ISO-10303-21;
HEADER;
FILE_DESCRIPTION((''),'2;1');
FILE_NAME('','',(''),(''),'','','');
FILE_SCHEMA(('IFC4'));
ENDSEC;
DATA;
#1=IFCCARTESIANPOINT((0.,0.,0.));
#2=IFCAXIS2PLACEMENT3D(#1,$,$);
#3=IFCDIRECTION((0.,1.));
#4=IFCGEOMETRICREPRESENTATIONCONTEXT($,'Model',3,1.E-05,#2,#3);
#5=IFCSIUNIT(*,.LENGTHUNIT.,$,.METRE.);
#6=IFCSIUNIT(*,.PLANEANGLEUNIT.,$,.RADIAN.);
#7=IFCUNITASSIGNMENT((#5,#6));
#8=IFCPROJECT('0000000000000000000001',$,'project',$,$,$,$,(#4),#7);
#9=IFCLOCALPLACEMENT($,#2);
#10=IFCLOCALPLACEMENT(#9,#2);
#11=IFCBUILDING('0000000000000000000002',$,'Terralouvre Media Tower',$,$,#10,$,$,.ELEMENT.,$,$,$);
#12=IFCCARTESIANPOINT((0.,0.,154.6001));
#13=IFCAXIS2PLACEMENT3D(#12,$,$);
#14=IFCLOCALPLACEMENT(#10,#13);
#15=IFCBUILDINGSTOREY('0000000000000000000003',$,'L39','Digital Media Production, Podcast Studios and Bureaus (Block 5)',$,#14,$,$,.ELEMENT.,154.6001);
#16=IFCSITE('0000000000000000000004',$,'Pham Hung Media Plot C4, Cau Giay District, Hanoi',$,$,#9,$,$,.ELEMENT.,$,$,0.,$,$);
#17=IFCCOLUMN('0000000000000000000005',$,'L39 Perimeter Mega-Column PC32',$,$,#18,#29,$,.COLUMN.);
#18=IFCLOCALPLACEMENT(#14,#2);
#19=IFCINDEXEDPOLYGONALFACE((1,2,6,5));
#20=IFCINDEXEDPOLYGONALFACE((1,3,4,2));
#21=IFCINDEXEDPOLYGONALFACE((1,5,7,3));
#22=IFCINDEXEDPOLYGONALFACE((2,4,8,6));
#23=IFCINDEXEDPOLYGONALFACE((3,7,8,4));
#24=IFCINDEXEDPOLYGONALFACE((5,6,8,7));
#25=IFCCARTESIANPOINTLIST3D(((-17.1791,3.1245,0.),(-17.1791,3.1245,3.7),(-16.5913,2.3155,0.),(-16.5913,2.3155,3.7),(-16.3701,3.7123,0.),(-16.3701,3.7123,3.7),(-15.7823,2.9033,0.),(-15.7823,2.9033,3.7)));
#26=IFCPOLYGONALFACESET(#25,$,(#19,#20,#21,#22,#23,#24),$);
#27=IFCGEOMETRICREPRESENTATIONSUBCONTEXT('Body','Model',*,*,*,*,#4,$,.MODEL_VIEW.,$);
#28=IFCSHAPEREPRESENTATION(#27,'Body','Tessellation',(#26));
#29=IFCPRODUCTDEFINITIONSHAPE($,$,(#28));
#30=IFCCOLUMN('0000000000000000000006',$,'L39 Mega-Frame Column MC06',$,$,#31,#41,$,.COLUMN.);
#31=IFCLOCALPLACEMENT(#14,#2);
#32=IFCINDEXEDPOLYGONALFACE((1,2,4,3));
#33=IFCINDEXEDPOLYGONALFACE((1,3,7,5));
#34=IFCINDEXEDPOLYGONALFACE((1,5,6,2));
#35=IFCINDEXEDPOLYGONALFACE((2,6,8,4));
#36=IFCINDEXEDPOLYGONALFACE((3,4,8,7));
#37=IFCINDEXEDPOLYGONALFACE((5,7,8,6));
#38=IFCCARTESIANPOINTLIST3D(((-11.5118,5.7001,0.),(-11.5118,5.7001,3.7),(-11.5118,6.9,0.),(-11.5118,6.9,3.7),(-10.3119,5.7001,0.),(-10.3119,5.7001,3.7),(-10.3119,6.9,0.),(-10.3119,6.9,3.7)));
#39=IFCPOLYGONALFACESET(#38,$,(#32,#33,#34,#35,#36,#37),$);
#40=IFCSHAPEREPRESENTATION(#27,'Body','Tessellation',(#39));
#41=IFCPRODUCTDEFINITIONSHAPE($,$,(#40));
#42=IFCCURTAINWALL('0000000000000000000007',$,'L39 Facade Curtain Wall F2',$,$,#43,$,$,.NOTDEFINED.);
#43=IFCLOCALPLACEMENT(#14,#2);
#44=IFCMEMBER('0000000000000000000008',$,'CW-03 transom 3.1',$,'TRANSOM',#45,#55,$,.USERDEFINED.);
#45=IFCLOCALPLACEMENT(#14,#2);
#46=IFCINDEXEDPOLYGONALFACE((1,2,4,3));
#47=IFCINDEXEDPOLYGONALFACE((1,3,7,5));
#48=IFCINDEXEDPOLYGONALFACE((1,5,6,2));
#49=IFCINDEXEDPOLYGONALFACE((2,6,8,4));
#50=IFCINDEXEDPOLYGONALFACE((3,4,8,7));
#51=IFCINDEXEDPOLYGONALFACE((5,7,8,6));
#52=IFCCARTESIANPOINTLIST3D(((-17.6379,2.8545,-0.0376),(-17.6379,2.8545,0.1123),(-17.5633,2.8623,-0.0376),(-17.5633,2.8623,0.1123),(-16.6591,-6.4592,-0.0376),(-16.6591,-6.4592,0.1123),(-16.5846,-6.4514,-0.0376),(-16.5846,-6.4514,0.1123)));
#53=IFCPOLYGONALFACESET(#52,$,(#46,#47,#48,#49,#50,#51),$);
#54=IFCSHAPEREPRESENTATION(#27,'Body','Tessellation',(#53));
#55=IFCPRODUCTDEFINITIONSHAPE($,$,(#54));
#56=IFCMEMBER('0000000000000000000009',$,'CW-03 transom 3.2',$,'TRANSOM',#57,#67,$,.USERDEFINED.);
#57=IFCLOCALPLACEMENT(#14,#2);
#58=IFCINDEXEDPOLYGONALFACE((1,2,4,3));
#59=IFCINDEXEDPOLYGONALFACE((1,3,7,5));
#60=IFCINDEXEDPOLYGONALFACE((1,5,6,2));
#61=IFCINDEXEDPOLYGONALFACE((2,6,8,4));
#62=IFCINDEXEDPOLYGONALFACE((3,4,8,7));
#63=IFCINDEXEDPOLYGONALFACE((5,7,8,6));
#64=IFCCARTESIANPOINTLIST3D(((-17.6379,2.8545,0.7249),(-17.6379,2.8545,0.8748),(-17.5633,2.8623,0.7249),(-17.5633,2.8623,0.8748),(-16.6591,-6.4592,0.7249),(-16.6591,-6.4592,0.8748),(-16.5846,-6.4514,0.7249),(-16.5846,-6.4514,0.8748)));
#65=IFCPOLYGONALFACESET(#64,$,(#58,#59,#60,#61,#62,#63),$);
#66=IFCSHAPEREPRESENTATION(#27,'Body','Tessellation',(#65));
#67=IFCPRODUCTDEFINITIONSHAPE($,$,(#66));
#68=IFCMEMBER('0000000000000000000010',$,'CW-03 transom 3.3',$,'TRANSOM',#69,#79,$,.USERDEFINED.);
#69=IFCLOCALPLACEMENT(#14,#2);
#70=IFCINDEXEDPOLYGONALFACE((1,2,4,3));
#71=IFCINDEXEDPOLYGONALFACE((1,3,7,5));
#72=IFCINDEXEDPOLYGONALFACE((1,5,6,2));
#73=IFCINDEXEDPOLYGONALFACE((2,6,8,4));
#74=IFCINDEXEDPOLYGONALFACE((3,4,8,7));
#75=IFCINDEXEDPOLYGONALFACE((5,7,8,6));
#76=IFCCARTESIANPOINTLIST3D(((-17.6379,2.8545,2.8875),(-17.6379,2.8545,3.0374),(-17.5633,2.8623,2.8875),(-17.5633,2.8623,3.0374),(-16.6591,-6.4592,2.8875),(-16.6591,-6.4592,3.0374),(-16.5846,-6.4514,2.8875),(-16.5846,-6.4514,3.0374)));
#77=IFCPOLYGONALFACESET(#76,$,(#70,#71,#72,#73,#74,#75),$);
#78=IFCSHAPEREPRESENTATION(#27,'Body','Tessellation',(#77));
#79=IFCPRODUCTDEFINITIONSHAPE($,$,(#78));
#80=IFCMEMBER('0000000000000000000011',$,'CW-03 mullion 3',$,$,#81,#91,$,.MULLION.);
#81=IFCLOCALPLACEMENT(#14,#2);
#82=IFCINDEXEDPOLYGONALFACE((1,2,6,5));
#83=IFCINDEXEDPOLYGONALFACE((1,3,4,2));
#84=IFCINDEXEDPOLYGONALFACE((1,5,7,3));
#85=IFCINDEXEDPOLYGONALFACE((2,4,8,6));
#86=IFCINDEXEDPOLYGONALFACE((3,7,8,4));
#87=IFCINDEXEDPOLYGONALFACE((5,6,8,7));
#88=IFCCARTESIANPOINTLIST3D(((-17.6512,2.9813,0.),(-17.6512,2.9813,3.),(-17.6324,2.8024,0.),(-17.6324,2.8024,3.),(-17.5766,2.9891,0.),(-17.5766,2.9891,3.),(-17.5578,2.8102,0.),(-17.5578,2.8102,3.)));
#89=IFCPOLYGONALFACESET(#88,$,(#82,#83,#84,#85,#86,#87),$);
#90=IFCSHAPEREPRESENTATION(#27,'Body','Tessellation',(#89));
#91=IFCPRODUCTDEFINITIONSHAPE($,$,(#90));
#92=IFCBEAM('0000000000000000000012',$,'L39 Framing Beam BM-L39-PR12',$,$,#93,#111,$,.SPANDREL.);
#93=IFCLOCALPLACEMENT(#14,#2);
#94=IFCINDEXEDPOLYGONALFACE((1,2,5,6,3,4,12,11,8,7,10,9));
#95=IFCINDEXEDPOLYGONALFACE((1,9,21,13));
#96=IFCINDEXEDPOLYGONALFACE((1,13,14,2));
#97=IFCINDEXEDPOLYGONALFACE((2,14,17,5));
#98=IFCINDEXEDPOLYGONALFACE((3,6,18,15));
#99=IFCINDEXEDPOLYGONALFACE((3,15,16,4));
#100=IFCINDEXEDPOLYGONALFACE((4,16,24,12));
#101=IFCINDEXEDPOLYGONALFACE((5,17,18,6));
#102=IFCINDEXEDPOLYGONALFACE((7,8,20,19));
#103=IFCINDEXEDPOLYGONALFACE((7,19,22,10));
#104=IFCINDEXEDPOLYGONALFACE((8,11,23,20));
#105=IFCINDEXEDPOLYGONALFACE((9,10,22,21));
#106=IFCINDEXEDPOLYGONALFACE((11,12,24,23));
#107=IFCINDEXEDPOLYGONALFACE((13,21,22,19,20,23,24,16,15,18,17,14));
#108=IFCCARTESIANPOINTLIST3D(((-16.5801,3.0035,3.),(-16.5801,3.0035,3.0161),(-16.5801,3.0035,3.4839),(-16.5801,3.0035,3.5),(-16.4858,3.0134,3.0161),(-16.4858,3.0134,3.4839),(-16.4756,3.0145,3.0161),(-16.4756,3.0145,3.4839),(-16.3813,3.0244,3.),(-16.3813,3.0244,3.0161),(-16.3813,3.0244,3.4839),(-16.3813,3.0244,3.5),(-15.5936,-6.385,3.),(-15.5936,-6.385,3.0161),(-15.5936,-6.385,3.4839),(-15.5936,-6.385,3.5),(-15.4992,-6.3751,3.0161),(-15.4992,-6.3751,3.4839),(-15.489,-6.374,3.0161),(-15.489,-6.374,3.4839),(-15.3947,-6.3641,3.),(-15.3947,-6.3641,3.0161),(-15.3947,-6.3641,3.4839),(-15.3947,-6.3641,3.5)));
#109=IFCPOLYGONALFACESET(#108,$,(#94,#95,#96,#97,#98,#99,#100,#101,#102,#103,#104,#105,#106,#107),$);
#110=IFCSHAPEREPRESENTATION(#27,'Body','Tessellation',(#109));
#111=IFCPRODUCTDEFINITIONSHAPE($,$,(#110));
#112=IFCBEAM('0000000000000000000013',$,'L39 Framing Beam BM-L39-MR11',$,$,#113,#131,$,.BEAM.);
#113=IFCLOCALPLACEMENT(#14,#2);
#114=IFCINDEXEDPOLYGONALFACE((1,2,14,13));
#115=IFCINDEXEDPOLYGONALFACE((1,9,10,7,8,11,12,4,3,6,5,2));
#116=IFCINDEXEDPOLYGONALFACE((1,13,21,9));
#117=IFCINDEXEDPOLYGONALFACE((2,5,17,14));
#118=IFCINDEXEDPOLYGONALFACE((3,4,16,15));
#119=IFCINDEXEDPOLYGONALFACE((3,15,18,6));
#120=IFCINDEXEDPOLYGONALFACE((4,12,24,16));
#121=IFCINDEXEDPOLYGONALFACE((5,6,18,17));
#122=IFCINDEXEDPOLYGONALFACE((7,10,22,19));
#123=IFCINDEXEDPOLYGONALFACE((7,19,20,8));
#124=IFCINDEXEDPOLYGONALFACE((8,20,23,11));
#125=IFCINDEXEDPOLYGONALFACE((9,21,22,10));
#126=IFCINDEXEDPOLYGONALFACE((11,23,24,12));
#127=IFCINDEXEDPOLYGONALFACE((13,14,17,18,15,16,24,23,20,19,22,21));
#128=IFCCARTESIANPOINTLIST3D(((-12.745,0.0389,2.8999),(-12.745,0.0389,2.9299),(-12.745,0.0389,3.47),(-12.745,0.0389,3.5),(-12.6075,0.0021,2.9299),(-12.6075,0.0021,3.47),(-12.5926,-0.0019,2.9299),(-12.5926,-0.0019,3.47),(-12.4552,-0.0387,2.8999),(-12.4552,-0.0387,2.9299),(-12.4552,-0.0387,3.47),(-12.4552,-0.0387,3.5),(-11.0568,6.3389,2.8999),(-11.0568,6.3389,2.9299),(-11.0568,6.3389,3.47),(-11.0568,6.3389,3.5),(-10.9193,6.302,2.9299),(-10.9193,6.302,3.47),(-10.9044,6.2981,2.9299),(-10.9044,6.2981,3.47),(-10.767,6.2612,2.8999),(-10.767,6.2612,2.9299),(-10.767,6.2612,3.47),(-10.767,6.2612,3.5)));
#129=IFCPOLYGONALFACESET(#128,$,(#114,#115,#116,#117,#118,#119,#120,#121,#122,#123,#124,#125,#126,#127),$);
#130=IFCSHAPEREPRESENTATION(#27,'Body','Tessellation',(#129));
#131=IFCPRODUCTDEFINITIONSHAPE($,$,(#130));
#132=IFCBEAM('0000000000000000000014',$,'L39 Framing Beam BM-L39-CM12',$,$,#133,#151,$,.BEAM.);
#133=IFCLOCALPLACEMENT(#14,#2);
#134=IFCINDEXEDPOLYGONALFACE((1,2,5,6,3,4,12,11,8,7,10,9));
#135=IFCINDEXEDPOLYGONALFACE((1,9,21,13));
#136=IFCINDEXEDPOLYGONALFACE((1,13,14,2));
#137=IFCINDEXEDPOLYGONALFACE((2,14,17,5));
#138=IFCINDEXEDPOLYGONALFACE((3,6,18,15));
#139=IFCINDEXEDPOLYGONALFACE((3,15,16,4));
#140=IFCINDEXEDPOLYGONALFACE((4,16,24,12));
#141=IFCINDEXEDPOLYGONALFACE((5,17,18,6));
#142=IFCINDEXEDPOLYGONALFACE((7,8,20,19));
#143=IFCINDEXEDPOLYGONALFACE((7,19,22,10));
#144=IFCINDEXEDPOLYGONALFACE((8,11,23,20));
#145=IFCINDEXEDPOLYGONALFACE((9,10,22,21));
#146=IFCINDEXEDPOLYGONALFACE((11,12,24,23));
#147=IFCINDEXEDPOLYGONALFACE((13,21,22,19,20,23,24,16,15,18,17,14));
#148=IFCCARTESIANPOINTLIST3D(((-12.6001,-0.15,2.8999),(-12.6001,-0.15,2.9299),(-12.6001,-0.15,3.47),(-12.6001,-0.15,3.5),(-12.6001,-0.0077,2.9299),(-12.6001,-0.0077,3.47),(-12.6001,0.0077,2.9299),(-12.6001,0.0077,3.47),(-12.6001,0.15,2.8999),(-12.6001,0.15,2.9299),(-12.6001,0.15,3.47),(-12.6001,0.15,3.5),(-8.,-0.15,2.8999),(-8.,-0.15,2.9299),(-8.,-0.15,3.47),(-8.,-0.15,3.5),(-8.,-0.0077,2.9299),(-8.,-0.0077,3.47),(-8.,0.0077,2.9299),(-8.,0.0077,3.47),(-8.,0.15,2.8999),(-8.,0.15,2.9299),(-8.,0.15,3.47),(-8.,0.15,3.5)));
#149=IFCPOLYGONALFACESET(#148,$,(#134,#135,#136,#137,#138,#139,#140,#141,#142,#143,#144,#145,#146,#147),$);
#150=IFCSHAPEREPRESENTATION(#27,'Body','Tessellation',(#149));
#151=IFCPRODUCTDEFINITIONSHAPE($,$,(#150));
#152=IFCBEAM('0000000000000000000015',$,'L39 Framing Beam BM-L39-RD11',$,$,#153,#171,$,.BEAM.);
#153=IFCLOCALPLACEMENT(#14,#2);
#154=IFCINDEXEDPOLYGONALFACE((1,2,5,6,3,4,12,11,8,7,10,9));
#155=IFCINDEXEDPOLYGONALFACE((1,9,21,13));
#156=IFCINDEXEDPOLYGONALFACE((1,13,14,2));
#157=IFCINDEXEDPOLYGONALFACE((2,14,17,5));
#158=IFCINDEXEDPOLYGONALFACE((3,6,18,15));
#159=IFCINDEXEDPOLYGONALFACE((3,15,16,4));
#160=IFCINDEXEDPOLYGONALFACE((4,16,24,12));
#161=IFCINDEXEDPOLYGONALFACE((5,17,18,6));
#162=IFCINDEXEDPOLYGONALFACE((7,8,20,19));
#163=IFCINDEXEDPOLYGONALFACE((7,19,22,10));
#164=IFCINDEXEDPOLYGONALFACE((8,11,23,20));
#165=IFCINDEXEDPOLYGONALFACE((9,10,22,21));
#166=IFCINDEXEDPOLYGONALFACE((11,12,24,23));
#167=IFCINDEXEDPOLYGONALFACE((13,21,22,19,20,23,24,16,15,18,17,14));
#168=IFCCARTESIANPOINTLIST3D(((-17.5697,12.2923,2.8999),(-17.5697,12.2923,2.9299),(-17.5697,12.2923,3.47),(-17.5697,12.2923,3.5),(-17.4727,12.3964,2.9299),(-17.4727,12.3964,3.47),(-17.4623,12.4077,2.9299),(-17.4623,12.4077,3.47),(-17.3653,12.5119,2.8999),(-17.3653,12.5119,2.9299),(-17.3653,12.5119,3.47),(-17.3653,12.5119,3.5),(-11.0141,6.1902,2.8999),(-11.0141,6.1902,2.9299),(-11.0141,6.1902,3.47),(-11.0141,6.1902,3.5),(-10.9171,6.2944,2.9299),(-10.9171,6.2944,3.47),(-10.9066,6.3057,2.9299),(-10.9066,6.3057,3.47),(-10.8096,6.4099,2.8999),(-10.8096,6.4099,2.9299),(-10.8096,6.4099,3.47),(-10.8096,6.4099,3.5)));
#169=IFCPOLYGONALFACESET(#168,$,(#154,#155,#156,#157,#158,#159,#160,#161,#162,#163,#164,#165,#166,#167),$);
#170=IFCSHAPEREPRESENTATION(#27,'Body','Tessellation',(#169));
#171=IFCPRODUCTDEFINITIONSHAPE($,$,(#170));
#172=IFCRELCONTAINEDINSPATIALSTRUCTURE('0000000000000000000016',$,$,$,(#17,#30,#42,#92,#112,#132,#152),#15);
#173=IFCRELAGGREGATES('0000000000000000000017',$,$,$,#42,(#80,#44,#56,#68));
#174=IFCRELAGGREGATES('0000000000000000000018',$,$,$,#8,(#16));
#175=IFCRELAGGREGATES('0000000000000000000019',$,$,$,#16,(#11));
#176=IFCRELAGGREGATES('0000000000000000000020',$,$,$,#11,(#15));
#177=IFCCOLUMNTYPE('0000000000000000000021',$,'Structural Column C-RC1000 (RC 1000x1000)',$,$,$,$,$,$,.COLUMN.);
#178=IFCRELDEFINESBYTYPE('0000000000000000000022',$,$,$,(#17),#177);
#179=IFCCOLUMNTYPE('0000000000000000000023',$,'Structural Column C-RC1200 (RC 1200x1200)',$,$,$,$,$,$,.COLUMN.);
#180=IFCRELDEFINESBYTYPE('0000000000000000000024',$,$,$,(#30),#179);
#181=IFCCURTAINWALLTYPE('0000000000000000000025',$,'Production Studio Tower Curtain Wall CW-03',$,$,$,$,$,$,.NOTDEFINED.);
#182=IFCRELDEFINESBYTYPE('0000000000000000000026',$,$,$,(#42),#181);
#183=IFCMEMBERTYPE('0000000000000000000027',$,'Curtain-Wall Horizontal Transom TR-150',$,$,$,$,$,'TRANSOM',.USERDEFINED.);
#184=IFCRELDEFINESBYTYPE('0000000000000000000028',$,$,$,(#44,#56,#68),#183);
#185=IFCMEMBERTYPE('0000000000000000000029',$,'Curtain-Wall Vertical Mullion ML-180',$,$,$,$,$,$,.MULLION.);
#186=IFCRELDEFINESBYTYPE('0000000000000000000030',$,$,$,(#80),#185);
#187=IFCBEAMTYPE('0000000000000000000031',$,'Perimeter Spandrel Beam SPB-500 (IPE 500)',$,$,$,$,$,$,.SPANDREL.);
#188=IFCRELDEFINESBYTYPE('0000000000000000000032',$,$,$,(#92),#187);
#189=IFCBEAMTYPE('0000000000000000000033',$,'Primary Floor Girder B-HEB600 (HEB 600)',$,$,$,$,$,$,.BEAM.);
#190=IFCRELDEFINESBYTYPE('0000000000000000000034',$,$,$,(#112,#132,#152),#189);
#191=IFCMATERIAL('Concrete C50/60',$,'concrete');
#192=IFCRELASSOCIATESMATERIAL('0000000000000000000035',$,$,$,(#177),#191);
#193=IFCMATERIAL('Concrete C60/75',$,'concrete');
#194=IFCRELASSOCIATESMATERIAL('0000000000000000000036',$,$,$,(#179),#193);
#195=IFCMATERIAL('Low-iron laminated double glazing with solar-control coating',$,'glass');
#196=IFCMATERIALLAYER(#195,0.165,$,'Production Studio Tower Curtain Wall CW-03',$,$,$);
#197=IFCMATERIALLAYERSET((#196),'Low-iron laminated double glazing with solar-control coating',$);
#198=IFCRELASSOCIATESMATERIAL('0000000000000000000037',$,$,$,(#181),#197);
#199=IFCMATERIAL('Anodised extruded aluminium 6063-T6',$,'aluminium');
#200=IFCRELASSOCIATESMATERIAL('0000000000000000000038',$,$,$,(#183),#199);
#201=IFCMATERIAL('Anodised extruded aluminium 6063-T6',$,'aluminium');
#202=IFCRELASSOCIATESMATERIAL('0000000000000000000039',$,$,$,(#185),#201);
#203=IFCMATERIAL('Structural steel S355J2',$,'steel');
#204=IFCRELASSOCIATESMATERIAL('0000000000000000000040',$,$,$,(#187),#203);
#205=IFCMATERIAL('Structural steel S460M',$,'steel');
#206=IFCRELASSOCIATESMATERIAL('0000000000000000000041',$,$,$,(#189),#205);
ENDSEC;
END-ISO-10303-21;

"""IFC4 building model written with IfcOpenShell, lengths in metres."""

from ifc_helpers import new_model, si_unit, direction, frame, origin, origin_2d, place, context, subcontext, project, spatial, rectangle, i_section, extrude, material, layer, layer_set, material_profile, profile_set, type_object, element, aggregate, save


model = new_model("IFC4")

# Units and contexts
model_context = context("Model", 3, precision=1e-05, world=origin(), true_north=direction((0.0, 1.0)))
body_context = subcontext(model_context, "Body", "Model", "MODEL_VIEW")
ifc_project = project(units=[si_unit("LENGTHUNIT", "METRE"), si_unit("PLANEANGLEUNIT", "RADIAN")], contexts=[model_context])

# Site, building, storey
site_placement = place(None, origin())
site = spatial("IfcSite", under=ifc_project, at=site_placement, Name="Pham Hung Media Plot C4, Cau Giay District, Hanoi", CompositionType="ELEMENT", RefElevation=0.0)
building_placement = place(site_placement, origin())
building = spatial("IfcBuilding", under=site, at=building_placement, Name="Terralouvre Media Tower", CompositionType="ELEMENT")
storey_placement = place(building_placement, frame((0.0, 0.0, 154.6001)))
storey = spatial("IfcBuildingStorey", under=building, at=storey_placement, Name="L39", Description="Digital Media Production, Podcast Studios and Bureaus (Block 5)", CompositionType="ELEMENT", Elevation=154.6001)

# Columns
ifc_material_1 = material(Name="Concrete C50/60", Category="concrete")
ifc_material_profile_1 = material_profile(ifc_material_1, rectangle(XDim=1.0, YDim=1.0, at=origin_2d()), Name="RC 1000x1000")
ifc_profile_set_1 = profile_set([ifc_material_profile_1], Name="Concrete C50/60")
column_type_1 = type_object("IfcColumnType", Name="Structural Column C-RC1000 (RC 1000x1000)", PredefinedType="COLUMN", material=ifc_profile_set_1)
column_1_placement = place(storey_placement, frame((-16.4807, 3.0139, 0.0), z_axis=(0.0, 0.0, 1.0), x_axis=(0.809017, 0.587785, 0.0)))
element("IfcColumn", 1, at=column_1_placement, inside=storey, type_object=column_type_1, Name="L39 Perimeter Mega-Column PC32", PredefinedType="COLUMN", context=body_context, shape_type="SweptSolid", body=[
    extrude(rectangle(XDim=1.0, YDim=1.0, at=origin_2d()), origin(), (0.0, 0.0, 1.0), 3.7),
])
ifc_material_2 = material(Name="Concrete C60/75", Category="concrete")
ifc_material_profile_2 = material_profile(ifc_material_2, rectangle(XDim=1.2, YDim=1.2, at=origin_2d()), Name="RC 1200x1200")
ifc_profile_set_2 = profile_set([ifc_material_profile_2], Name="Concrete C60/75")
column_type_2 = type_object("IfcColumnType", Name="Structural Column C-RC1200 (RC 1200x1200)", PredefinedType="COLUMN", material=ifc_profile_set_2)
column_2_placement = place(storey_placement, frame((-10.9119, 6.3, 0.0), z_axis=(0.0, 0.0, 1.0), x_axis=(1.0, 0.0, 0.0)))
element("IfcColumn", 2, at=column_2_placement, inside=storey, type_object=column_type_2, Name="L39 Mega-Frame Column MC06", PredefinedType="COLUMN", context=body_context, shape_type="SweptSolid", body=[
    extrude(rectangle(XDim=1.2, YDim=1.2, at=origin_2d()), origin(), (0.0, 0.0, 1.0), 3.7),
])

# Curtain wall, members
ifc_material_3 = material(Name="Low-iron laminated double glazing with solar-control coating", Category="glass")
ifc_layer_1 = layer(ifc_material_3, 0.165, Name="Production Studio Tower Curtain Wall CW-03")
ifc_layer_set_1 = layer_set([ifc_layer_1], Name="Low-iron laminated double glazing with solar-control coating")
curtain_wall_type = type_object("IfcCurtainWallType", Name="Production Studio Tower Curtain Wall CW-03", PredefinedType="NOTDEFINED", material=ifc_layer_set_1)
curtain_wall_placement = place(storey_placement, origin())
curtain_wall = element("IfcCurtainWall", 3, at=curtain_wall_placement, inside=storey, type_object=curtain_wall_type, Name="L39 Facade Curtain Wall F2", PredefinedType="NOTDEFINED")
ifc_material_4 = material(Name="Anodised extruded aluminium 6063-T6", Category="aluminium")
ifc_material_profile_3 = material_profile(ifc_material_4, rectangle(XDim=0.075, YDim=0.1499, at=origin_2d()), Name="ALU 75x150")
ifc_profile_set_3 = profile_set([ifc_material_profile_3], Name="Anodised extruded aluminium 6063-T6")
member_type_1 = type_object("IfcMemberType", Name="Curtain-Wall Horizontal Transom TR-150", ElementType="TRANSOM", PredefinedType="USERDEFINED", material=ifc_profile_set_3)
member_1_placement = place(storey_placement, frame((-17.6006, 2.8584, 0.0374), z_axis=(0.104512, -0.994524, 0.0), x_axis=(0.994524, 0.104512, 0.0)))
member_1 = element("IfcMember", 4, at=member_1_placement, type_object=member_type_1, Name="CW-03 transom 3.1", ObjectType="TRANSOM", PredefinedType="USERDEFINED", context=body_context, shape_type="SweptSolid", body=[
    extrude(rectangle(XDim=0.075, YDim=0.1499, at=origin_2d()), origin(), (0.0, 0.0, 1.0), 9.365),
])
member_2_placement = place(storey_placement, frame((-17.6006, 2.8584, 0.7998), z_axis=(0.104512, -0.994524, 0.0), x_axis=(0.994524, 0.104512, 0.0)))
member_2 = element("IfcMember", 5, at=member_2_placement, type_object=member_type_1, Name="CW-03 transom 3.2", ObjectType="TRANSOM", PredefinedType="USERDEFINED", context=body_context, shape_type="SweptSolid", body=[
    extrude(rectangle(XDim=0.075, YDim=0.1499, at=origin_2d()), origin(), (0.0, 0.0, 1.0), 9.365),
])
member_3_placement = place(storey_placement, frame((-17.6006, 2.8584, 2.9624), z_axis=(0.104512, -0.994524, 0.0), x_axis=(0.994524, 0.104512, 0.0)))
member_3 = element("IfcMember", 6, at=member_3_placement, type_object=member_type_1, Name="CW-03 transom 3.3", ObjectType="TRANSOM", PredefinedType="USERDEFINED", context=body_context, shape_type="SweptSolid", body=[
    extrude(rectangle(XDim=0.075, YDim=0.1499, at=origin_2d()), origin(), (0.0, 0.0, 1.0), 9.365),
])
ifc_material_5 = material(Name="Anodised extruded aluminium 6063-T6", Category="aluminium")
ifc_material_profile_4 = material_profile(ifc_material_5, rectangle(XDim=0.075, YDim=0.1799, at=origin_2d()), Name="ALU 75x180")
ifc_profile_set_4 = profile_set([ifc_material_profile_4], Name="Anodised extruded aluminium 6063-T6")
member_type_2 = type_object("IfcMemberType", Name="Curtain-Wall Vertical Mullion ML-180", PredefinedType="MULLION", material=ifc_profile_set_4)
member_4_placement = place(storey_placement, frame((-17.6045, 2.8958, 0.0), z_axis=(0.0, 0.0, 1.0), x_axis=(0.994522, 0.104528, 0.0)))
member_4 = element("IfcMember", 7, at=member_4_placement, type_object=member_type_2, Name="CW-03 mullion 3", PredefinedType="MULLION", context=body_context, shape_type="SweptSolid", body=[
    extrude(rectangle(XDim=0.075, YDim=0.1799, at=origin_2d()), origin(), (0.0, 0.0, 1.0), 3.0),
])

# Beams
ifc_material_6 = material(Name="Structural steel S355J2", Category="steel")
ifc_material_profile_5 = material_profile(ifc_material_6, i_section(OverallWidth=0.2, OverallDepth=0.5, WebThickness=0.0103, FlangeThickness=0.0161, at=origin_2d()), Name="IPE 500")
ifc_profile_set_5 = profile_set([ifc_material_profile_5], Name="Structural steel S355J2")
beam_type_1 = type_object("IfcBeamType", Name="Perimeter Spandrel Beam SPB-500 (IPE 500)", PredefinedType="SPANDREL", material=ifc_profile_set_5)
beam_1_placement = place(storey_placement, frame((-16.4807, 3.0139, 3.25), z_axis=(0.104508, -0.994524, 0.0), x_axis=(0.994524, 0.104508, 0.0)))
element("IfcBeam", 8, at=beam_1_placement, inside=storey, type_object=beam_type_1, Name="L39 Framing Beam BM-L39-PR12", PredefinedType="SPANDREL", context=body_context, shape_type="SweptSolid", body=[
    extrude(i_section(OverallWidth=0.2, OverallDepth=0.5, WebThickness=0.0103, FlangeThickness=0.0161, at=origin_2d()), origin(), (0.0, 0.0, 1.0), 9.4402),
])
ifc_material_7 = material(Name="Structural steel S460M", Category="steel")
ifc_material_profile_6 = material_profile(ifc_material_7, i_section(OverallWidth=0.3, OverallDepth=0.6001, WebThickness=0.0154, FlangeThickness=0.03, at=origin_2d()), Name="HEB 600")
ifc_profile_set_6 = profile_set([ifc_material_profile_6], Name="Structural steel S460M")
beam_type_2 = type_object("IfcBeamType", Name="Primary Floor Girder B-HEB600 (HEB 600)", PredefinedType="BEAM", material=ifc_profile_set_6)
beam_2_placement = place(storey_placement, frame((-10.9119, 6.3, 3.2), z_axis=(-0.258839, -0.96592, 0.0), x_axis=(0.96592, -0.258839, 0.0)))
element("IfcBeam", 9, at=beam_2_placement, inside=storey, type_object=beam_type_2, Name="L39 Framing Beam BM-L39-MR11", PredefinedType="BEAM", context=body_context, shape_type="SweptSolid", body=[
    extrude(i_section(OverallWidth=0.3, OverallDepth=0.6001, WebThickness=0.0154, FlangeThickness=0.03, at=origin_2d()), origin(), (0.0, 0.0, 1.0), 6.5222),
])
beam_3_placement = place(storey_placement, frame((-8.0, 0.0, 3.2), z_axis=(-1.0, 0.0, 0.0), x_axis=(0.0, -1.0, 0.0)))
element("IfcBeam", 10, at=beam_3_placement, inside=storey, type_object=beam_type_2, Name="L39 Framing Beam BM-L39-CM12", PredefinedType="BEAM", context=body_context, shape_type="SweptSolid", body=[
    extrude(i_section(OverallWidth=0.3, OverallDepth=0.6001, WebThickness=0.0154, FlangeThickness=0.03, at=origin_2d()), origin(), (0.0, 0.0, 1.0), 4.6001),
])
beam_4_placement = place(storey_placement, frame((-10.9119, 6.3, 3.2), z_axis=(-0.731977, 0.681329, 0.0), x_axis=(-0.681329, -0.731977, 0.0)))
element("IfcBeam", 11, at=beam_4_placement, inside=storey, type_object=beam_type_2, Name="L39 Framing Beam BM-L39-RD11", PredefinedType="BEAM", context=body_context, shape_type="SweptSolid", body=[
    extrude(i_section(OverallWidth=0.3, OverallDepth=0.6001, WebThickness=0.0154, FlangeThickness=0.03, at=origin_2d()), origin(), (0.0, 0.0, 1.0), 8.9561),
])

aggregate(curtain_wall, [member_4, member_1, member_2, member_3])

save(model, "model.ifc")
